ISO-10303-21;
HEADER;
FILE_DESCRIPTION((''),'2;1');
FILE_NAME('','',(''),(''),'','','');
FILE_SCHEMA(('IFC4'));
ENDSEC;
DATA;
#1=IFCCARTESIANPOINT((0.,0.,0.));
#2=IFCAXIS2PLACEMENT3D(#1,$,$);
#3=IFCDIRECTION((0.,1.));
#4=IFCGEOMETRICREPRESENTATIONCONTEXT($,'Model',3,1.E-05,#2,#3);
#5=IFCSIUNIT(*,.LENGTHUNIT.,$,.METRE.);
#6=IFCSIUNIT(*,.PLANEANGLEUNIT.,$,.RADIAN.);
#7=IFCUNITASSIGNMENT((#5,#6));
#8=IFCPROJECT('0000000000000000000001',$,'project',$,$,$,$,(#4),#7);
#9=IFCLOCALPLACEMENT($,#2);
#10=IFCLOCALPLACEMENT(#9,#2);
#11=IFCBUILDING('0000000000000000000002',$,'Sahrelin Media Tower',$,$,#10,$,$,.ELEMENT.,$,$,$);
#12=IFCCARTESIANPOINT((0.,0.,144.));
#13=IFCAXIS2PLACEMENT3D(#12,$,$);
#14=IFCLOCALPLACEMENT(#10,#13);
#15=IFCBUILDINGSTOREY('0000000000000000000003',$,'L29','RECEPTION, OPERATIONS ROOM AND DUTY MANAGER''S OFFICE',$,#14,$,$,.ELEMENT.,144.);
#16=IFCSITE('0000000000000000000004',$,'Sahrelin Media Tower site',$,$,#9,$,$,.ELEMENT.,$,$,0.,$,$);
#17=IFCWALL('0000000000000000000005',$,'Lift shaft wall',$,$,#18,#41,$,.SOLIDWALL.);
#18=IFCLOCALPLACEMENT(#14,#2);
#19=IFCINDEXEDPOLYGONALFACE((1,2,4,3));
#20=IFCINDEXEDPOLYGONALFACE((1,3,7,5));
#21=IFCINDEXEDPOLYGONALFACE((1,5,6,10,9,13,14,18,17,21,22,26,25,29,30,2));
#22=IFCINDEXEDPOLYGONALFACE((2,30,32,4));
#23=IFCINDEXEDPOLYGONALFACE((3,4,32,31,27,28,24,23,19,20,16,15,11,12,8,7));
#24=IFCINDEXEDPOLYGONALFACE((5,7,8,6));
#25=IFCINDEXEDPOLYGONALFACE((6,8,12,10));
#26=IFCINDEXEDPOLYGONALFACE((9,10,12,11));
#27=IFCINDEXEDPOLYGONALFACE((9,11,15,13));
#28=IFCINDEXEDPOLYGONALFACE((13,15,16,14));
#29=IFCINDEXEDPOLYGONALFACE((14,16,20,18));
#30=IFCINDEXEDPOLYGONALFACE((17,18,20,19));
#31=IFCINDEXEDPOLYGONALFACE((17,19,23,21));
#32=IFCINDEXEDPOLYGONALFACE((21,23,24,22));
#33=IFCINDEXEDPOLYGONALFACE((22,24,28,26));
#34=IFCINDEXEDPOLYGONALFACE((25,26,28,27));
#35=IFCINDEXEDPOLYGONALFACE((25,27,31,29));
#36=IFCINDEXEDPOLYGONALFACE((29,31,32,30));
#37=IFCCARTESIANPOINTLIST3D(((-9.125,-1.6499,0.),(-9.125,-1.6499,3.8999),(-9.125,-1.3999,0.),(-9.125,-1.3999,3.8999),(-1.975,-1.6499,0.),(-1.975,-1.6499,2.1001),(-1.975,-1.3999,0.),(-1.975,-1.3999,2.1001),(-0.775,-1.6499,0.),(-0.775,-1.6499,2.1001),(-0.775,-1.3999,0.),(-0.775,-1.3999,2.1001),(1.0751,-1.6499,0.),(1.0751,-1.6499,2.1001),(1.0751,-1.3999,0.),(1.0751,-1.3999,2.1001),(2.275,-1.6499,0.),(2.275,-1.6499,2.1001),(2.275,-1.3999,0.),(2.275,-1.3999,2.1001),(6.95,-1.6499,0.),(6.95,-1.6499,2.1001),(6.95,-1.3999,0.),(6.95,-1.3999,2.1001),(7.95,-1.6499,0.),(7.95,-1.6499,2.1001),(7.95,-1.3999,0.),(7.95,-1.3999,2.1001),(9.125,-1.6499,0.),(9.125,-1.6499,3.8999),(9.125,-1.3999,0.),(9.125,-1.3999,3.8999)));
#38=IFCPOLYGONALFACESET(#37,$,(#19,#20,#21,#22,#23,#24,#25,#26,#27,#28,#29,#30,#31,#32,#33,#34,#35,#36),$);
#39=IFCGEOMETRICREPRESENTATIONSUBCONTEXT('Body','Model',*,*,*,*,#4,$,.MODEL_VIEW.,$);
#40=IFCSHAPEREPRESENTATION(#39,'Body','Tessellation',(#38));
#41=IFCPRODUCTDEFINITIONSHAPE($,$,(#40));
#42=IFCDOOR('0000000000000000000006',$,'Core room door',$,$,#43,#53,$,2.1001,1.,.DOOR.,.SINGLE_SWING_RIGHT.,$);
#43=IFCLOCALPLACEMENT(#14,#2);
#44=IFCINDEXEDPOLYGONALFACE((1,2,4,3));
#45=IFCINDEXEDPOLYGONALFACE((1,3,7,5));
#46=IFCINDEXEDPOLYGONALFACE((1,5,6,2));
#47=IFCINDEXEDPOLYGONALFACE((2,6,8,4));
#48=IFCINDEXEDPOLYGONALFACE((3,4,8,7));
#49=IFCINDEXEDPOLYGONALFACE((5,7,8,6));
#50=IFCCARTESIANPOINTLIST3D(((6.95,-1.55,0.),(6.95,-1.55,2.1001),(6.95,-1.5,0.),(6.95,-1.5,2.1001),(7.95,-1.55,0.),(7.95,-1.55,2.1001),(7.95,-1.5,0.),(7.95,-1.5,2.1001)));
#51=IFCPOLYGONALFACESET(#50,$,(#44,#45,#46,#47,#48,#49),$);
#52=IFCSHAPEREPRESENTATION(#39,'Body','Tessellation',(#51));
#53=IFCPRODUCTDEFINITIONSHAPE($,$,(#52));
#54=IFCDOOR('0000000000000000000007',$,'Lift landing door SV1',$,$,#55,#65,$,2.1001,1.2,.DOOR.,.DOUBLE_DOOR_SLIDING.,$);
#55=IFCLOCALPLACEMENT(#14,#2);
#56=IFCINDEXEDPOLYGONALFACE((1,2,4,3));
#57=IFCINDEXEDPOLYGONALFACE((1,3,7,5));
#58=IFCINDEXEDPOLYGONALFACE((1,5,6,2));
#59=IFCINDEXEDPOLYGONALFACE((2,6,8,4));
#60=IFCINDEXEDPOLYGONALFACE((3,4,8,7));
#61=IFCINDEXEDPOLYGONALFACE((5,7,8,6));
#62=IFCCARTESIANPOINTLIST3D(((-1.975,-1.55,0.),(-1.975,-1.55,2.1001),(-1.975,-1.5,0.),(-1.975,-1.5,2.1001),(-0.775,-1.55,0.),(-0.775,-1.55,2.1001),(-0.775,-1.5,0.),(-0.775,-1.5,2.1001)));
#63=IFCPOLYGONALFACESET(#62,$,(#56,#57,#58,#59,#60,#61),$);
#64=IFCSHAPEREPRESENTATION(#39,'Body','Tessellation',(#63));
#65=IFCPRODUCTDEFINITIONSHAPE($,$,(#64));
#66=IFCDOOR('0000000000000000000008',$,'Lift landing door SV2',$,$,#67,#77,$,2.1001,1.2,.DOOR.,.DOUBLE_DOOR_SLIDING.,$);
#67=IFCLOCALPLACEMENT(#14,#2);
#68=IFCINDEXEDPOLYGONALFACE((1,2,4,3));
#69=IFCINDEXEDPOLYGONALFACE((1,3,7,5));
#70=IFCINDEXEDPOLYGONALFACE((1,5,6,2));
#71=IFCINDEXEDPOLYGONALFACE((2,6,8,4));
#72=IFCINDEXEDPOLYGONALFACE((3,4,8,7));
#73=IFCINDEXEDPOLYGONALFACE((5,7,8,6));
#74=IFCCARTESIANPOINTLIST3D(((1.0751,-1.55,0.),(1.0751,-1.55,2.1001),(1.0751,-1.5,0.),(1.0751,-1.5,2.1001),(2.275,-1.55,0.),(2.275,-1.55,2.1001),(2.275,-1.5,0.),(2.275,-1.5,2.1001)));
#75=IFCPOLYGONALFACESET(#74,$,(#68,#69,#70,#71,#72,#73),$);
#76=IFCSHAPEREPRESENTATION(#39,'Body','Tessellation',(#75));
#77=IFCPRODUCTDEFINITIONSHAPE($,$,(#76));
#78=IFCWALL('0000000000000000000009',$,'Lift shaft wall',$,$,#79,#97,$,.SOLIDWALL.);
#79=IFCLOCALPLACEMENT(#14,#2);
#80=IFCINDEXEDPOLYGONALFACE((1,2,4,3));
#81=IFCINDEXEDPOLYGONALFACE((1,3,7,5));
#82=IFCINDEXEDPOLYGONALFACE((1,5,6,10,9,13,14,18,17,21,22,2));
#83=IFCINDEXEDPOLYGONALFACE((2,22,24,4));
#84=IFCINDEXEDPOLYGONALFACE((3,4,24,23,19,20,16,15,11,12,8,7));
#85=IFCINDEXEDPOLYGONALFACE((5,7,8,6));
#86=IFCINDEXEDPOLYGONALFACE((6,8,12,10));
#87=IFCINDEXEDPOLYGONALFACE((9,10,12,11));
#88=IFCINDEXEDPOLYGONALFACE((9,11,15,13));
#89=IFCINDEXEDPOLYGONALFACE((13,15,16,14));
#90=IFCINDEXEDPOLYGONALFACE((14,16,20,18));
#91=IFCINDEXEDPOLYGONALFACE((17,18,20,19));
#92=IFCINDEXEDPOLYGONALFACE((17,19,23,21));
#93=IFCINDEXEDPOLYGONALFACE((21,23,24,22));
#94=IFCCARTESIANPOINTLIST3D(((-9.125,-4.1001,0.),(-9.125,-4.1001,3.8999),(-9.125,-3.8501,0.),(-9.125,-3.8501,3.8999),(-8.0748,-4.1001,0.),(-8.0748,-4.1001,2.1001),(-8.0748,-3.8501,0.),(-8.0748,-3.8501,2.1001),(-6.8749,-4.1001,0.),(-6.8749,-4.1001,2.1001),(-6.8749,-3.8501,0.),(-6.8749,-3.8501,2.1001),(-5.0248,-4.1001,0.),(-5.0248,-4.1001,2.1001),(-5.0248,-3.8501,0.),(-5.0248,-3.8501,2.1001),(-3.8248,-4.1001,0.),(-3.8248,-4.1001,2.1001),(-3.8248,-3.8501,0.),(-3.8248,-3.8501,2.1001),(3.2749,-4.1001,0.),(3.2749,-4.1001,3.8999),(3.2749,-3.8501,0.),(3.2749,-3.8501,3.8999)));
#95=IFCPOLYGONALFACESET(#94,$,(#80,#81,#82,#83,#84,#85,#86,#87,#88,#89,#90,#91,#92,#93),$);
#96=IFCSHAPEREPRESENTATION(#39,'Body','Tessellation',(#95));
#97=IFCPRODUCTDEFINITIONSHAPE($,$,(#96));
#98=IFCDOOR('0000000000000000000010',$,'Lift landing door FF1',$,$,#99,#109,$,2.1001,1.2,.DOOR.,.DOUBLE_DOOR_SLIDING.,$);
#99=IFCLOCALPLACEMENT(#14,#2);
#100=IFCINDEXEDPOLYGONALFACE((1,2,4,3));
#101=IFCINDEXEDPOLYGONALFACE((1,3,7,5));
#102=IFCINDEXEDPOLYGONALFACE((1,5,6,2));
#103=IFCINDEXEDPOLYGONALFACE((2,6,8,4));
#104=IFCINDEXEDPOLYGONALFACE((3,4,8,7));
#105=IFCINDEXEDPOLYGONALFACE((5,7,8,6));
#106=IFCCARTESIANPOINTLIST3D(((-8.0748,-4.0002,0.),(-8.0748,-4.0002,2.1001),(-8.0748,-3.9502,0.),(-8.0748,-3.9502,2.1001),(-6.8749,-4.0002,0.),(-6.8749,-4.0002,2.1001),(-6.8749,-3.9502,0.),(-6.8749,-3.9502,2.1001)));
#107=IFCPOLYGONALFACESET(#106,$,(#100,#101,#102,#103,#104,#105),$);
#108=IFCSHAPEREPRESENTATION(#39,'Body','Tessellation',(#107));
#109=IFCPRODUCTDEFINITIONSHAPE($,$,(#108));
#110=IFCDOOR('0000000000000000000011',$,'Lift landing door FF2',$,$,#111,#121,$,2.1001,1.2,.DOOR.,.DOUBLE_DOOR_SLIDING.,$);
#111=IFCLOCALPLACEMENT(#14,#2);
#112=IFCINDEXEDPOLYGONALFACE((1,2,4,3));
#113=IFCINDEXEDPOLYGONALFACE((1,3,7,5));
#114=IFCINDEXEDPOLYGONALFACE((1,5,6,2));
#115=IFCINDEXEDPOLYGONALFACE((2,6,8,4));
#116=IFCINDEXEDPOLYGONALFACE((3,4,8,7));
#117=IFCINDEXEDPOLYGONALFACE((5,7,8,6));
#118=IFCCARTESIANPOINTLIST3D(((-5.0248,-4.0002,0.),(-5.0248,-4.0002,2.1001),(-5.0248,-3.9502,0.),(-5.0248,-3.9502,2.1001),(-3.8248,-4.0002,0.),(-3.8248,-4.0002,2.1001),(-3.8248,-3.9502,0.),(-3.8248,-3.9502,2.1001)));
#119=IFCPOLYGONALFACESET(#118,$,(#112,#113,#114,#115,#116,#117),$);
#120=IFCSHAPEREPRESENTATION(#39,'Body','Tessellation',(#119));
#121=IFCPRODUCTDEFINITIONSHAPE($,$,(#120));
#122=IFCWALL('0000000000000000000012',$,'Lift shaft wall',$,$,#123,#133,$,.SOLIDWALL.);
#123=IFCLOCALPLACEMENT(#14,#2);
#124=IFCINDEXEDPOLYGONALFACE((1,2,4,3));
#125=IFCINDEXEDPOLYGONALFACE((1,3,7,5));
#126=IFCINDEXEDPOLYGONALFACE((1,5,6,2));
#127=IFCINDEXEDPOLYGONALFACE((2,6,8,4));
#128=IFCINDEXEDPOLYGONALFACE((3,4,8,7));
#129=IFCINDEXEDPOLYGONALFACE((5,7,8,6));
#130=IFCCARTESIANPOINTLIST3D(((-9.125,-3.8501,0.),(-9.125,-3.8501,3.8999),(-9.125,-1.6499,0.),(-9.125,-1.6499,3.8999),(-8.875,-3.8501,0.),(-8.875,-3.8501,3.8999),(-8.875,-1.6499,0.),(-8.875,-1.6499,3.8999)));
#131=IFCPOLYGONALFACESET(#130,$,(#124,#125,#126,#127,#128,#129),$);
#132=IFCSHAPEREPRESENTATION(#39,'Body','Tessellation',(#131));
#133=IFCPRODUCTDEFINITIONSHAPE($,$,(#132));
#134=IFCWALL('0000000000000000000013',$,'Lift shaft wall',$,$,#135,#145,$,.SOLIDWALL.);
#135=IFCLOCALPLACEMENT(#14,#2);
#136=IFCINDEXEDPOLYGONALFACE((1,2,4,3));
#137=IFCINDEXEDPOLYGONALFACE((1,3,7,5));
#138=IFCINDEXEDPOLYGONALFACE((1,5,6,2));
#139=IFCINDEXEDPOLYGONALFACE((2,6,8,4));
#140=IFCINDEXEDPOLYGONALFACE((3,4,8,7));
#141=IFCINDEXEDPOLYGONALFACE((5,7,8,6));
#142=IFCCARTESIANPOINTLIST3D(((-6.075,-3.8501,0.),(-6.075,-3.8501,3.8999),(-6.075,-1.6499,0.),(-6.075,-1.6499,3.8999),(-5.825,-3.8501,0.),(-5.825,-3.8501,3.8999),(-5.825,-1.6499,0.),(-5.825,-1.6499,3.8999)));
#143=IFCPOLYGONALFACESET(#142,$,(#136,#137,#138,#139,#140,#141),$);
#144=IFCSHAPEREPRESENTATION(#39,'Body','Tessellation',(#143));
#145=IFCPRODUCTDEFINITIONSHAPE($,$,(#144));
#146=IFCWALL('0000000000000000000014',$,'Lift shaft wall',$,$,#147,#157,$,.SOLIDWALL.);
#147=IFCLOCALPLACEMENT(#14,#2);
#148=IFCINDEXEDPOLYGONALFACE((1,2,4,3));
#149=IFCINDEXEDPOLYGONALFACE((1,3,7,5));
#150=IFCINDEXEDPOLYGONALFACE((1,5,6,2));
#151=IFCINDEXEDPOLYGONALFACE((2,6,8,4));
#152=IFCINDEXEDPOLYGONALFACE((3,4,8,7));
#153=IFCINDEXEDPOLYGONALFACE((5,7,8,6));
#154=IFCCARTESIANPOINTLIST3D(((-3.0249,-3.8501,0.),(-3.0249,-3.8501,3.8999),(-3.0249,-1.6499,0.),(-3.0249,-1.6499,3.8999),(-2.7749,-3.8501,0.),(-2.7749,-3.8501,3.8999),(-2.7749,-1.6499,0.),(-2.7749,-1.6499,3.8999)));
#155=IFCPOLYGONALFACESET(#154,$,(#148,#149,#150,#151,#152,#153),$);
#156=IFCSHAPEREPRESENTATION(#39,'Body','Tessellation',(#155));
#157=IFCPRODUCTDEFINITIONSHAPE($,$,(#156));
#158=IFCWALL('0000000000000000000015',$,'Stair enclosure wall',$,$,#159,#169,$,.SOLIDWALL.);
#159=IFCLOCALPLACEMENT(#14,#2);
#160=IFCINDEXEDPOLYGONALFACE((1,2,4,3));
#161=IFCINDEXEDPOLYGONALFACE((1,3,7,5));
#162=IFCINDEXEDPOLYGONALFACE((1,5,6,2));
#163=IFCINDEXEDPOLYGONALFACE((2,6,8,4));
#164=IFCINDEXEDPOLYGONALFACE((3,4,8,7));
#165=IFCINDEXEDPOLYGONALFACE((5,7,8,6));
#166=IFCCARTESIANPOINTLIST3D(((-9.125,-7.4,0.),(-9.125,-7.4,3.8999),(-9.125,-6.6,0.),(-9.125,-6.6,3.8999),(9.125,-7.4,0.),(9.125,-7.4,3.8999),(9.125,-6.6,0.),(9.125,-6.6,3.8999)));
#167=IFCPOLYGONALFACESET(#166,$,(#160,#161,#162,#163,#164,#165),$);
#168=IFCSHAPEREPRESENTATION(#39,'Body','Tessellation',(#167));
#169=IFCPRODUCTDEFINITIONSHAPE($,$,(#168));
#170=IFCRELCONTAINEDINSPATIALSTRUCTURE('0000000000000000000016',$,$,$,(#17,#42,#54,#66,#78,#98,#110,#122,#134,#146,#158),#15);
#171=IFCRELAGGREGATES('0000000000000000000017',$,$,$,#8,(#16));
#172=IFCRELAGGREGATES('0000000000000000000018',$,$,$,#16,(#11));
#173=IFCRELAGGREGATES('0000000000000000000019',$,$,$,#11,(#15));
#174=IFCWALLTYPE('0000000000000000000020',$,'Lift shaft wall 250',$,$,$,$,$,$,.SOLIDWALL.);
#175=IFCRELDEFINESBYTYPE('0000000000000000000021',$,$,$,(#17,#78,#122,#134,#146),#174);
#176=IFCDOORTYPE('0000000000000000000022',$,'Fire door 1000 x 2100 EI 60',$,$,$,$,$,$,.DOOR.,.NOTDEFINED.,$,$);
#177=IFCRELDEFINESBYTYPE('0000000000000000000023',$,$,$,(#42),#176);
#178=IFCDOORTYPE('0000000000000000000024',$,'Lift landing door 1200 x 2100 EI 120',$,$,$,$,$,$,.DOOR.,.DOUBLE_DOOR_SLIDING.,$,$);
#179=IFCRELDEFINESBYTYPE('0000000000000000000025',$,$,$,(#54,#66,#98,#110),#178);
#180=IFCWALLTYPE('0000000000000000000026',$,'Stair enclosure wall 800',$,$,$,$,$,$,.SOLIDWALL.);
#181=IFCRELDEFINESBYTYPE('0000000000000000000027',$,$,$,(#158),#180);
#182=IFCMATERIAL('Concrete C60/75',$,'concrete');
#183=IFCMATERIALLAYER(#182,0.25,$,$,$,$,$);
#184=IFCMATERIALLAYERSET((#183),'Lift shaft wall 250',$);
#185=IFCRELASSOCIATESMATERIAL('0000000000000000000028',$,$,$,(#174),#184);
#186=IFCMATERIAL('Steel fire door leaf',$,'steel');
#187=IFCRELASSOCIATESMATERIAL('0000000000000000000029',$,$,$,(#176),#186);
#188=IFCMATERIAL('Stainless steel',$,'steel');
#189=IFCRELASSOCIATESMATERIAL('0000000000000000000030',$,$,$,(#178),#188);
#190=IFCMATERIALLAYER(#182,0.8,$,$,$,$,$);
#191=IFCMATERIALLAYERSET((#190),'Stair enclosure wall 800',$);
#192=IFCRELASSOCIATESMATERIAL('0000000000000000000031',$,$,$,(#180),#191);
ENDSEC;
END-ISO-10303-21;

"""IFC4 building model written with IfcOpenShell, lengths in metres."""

from ifc_helpers import new_model, si_unit, direction, frame, frame_2d, origin, place, context, subcontext, project, spatial, rectangle, extrude, material, layer, layer_set, type_object, element, fill, save


model = new_model("IFC4")

# Units and contexts
model_context = context("Model", 3, precision=1e-05, world=origin(), true_north=direction((0.0, 1.0)))
body_context = subcontext(model_context, "Body", "Model", "MODEL_VIEW")
ifc_project = project(units=[si_unit("LENGTHUNIT", "METRE"), si_unit("PLANEANGLEUNIT", "RADIAN")], contexts=[model_context])

# Site, building, storey
site_placement = place(None, origin())
site = spatial("IfcSite", under=ifc_project, at=site_placement, Name="Sahrelin Media Tower site", CompositionType="ELEMENT", RefElevation=0.0)
building_placement = place(site_placement, origin())
building = spatial("IfcBuilding", under=site, at=building_placement, Name="Sahrelin Media Tower", CompositionType="ELEMENT")
storey_placement = place(building_placement, frame((0.0, 0.0, 144.0)))
storey = spatial("IfcBuildingStorey", under=building, at=storey_placement, Name="L29", Description="RECEPTION, OPERATIONS ROOM AND DUTY MANAGER'S OFFICE", CompositionType="ELEMENT", Elevation=144.0)

# Shared definitions
ifc_material_1 = material(Name="Concrete C60/75", Category="concrete")

# Shared definitions
ifc_material_2 = material(Name="Steel fire door leaf", Category="steel")

# Walls, openings, doors
ifc_layer_1 = layer(ifc_material_1, 0.25)
ifc_layer_set_1 = layer_set([ifc_layer_1], Name="Lift shaft wall 250")
wall_type_1 = type_object("IfcWallType", Name="Lift shaft wall 250", PredefinedType="SOLIDWALL", material=ifc_layer_set_1)
wall_1_placement = place(storey_placement, frame((-9.125, -1.5249, 0.0), z_axis=(0.0, 0.0, 1.0), x_axis=(1.0, 0.0, 0.0)))
wall_1 = element("IfcWall", 1, at=wall_1_placement, inside=storey, type_object=wall_type_1, Name="Lift shaft wall", PredefinedType="SOLIDWALL", context=body_context, shape_type="SweptSolid", body=[
    extrude(rectangle(XDim=18.25, YDim=0.25, at=frame_2d((9.125, 0.0))), origin(), (0.0, 0.0, 1.0), 3.8999),
])
opening_1_placement = place(wall_1_placement, frame((7.1499, 0.0, 0.0)))
opening_1 = element("IfcOpeningElement", 2, at=opening_1_placement, cuts=wall_1, PredefinedType="OPENING", context=body_context, shape_type="SweptSolid", body=[
    extrude(rectangle(XDim=1.2, YDim=2.1001, at=frame_2d((0.6001, 1.05))), frame((0.0, 0.125, 0.0), z_axis=(0.0, -1.0, 0.0), x_axis=(1.0, 0.0, 0.0)), (0.0, 0.0, 1.0), 0.25),
])
opening_2_placement = place(wall_1_placement, frame((10.2, 0.0, 0.0)))
opening_2 = element("IfcOpeningElement", 3, at=opening_2_placement, cuts=wall_1, PredefinedType="OPENING", context=body_context, shape_type="SweptSolid", body=[
    extrude(rectangle(XDim=1.2, YDim=2.1001, at=frame_2d((0.6001, 1.05))), frame((0.0, 0.125, 0.0), z_axis=(0.0, -1.0, 0.0), x_axis=(1.0, 0.0, 0.0)), (0.0, 0.0, 1.0), 0.25),
])
opening_3_placement = place(wall_1_placement, frame((16.075, 0.0, 0.0)))
opening_3 = element("IfcOpeningElement", 4, at=opening_3_placement, cuts=wall_1, PredefinedType="OPENING", context=body_context, shape_type="SweptSolid", body=[
    extrude(rectangle(XDim=1.0, YDim=2.1001, at=frame_2d((0.5, 1.05))), frame((0.0, 0.125, 0.0), z_axis=(0.0, -1.0, 0.0), x_axis=(1.0, 0.0, 0.0)), (0.0, 0.0, 1.0), 0.25),
])
door_type_1 = type_object("IfcDoorType", Name="Fire door 1000 x 2100 EI 60", OperationType="NOTDEFINED", PredefinedType="DOOR", material=ifc_material_2)
door_1_placement = place(opening_3_placement, origin())
door_1 = element("IfcDoor", 5, at=door_1_placement, inside=storey, type_object=door_type_1, Name="Core room door", OperationType="SINGLE_SWING_RIGHT", OverallHeight=2.1001, OverallWidth=1.0, PredefinedType="DOOR", context=body_context, shape_type="SweptSolid", body=[
    extrude(rectangle(XDim=1.0, YDim=2.1001, at=frame_2d((0.5, 1.05))), frame((0.0, 0.0249, 0.0), z_axis=(0.0, -1.0, 0.0), x_axis=(1.0, 0.0, 0.0)), (0.0, 0.0, 1.0), 0.05),
])
fill(opening_3, door_1)
ifc_material_3 = material(Name="Stainless steel", Category="steel")
door_type_2 = type_object("IfcDoorType", Name="Lift landing door 1200 x 2100 EI 120", OperationType="DOUBLE_DOOR_SLIDING", PredefinedType="DOOR", material=ifc_material_3)
door_2_placement = place(opening_1_placement, origin())
door_2 = element("IfcDoor", 6, at=door_2_placement, inside=storey, type_object=door_type_2, Name="Lift landing door SV1", OperationType="DOUBLE_DOOR_SLIDING", OverallHeight=2.1001, OverallWidth=1.2, PredefinedType="DOOR", context=body_context, shape_type="SweptSolid", body=[
    extrude(rectangle(XDim=1.2, YDim=2.1001, at=frame_2d((0.6001, 1.05))), frame((0.0, 0.0249, 0.0), z_axis=(0.0, -1.0, 0.0), x_axis=(1.0, 0.0, 0.0)), (0.0, 0.0, 1.0), 0.05),
])
fill(opening_1, door_2)
door_3_placement = place(opening_2_placement, origin())
door_3 = element("IfcDoor", 7, at=door_3_placement, inside=storey, type_object=door_type_2, Name="Lift landing door SV2", OperationType="DOUBLE_DOOR_SLIDING", OverallHeight=2.1001, OverallWidth=1.2, PredefinedType="DOOR", context=body_context, shape_type="SweptSolid", body=[
    extrude(rectangle(XDim=1.2, YDim=2.1001, at=frame_2d((0.6001, 1.05))), frame((0.0, 0.0249, 0.0), z_axis=(0.0, -1.0, 0.0), x_axis=(1.0, 0.0, 0.0)), (0.0, 0.0, 1.0), 0.05),
])
fill(opening_2, door_3)
wall_2_placement = place(storey_placement, frame((-9.125, -3.9751, 0.0), z_axis=(0.0, 0.0, 1.0), x_axis=(1.0, 0.0, 0.0)))
wall_2 = element("IfcWall", 8, at=wall_2_placement, inside=storey, type_object=wall_type_1, Name="Lift shaft wall", PredefinedType="SOLIDWALL", context=body_context, shape_type="SweptSolid", body=[
    extrude(rectangle(XDim=12.3999, YDim=0.25, at=frame_2d((6.2, 0.0))), origin(), (0.0, 0.0, 1.0), 3.8999),
])
opening_4_placement = place(wall_2_placement, frame((1.05, 0.0, 0.0)))
opening_4 = element("IfcOpeningElement", 9, at=opening_4_placement, cuts=wall_2, PredefinedType="OPENING", context=body_context, shape_type="SweptSolid", body=[
    extrude(rectangle(XDim=1.2, YDim=2.1001, at=frame_2d((0.6001, 1.05))), frame((0.0, 0.125, 0.0), z_axis=(0.0, -1.0, 0.0), x_axis=(1.0, 0.0, 0.0)), (0.0, 0.0, 1.0), 0.25),
])
opening_5_placement = place(wall_2_placement, frame((4.1001, 0.0, 0.0)))
opening_5 = element("IfcOpeningElement", 10, at=opening_5_placement, cuts=wall_2, PredefinedType="OPENING", context=body_context, shape_type="SweptSolid", body=[
    extrude(rectangle(XDim=1.2, YDim=2.1001, at=frame_2d((0.6001, 1.05))), frame((0.0, 0.125, 0.0), z_axis=(0.0, -1.0, 0.0), x_axis=(1.0, 0.0, 0.0)), (0.0, 0.0, 1.0), 0.25),
])
door_4_placement = place(opening_4_placement, origin())
door_4 = element("IfcDoor", 11, at=door_4_placement, inside=storey, type_object=door_type_2, Name="Lift landing door FF1", OperationType="DOUBLE_DOOR_SLIDING", OverallHeight=2.1001, OverallWidth=1.2, PredefinedType="DOOR", context=body_context, shape_type="SweptSolid", body=[
    extrude(rectangle(XDim=1.2, YDim=2.1001, at=frame_2d((0.6001, 1.05))), frame((0.0, 0.0249, 0.0), z_axis=(0.0, -1.0, 0.0), x_axis=(1.0, 0.0, 0.0)), (0.0, 0.0, 1.0), 0.05),
])
fill(opening_4, door_4)
door_5_placement = place(opening_5_placement, origin())
door_5 = element("IfcDoor", 12, at=door_5_placement, inside=storey, type_object=door_type_2, Name="Lift landing door FF2", OperationType="DOUBLE_DOOR_SLIDING", OverallHeight=2.1001, OverallWidth=1.2, PredefinedType="DOOR", context=body_context, shape_type="SweptSolid", body=[
    extrude(rectangle(XDim=1.2, YDim=2.1001, at=frame_2d((0.6001, 1.05))), frame((0.0, 0.0249, 0.0), z_axis=(0.0, -1.0, 0.0), x_axis=(1.0, 0.0, 0.0)), (0.0, 0.0, 1.0), 0.05),
])
fill(opening_5, door_5)

# Walls
for number, where, z_axis, x_axis, name in (
    (13, (-9.0, -3.8501, 0.0), (0.0, 0.0, 1.0), (0.0, 1.0, 0.0), "Lift shaft wall"),
    (14, (-5.95, -3.8501, 0.0), (0.0, 0.0, 1.0), (0.0, 1.0, 0.0), "Lift shaft wall"),
    (15, (-2.8999, -3.8501, 0.0), (0.0, 0.0, 1.0), (0.0, 1.0, 0.0), "Lift shaft wall"),
):
    element("IfcWall", number, at=place(storey_placement, frame(where, z_axis=z_axis, x_axis=x_axis)), inside=storey, type_object=wall_type_1, Name=name, PredefinedType="SOLIDWALL", context=body_context, shape_type="SweptSolid", body=[
        extrude(rectangle(XDim=2.2002, YDim=0.25, at=frame_2d((1.1001, 0.0))), origin(), (0.0, 0.0, 1.0), 3.8999),
    ])
ifc_layer_2 = layer(ifc_material_1, 0.8)
ifc_layer_set_2 = layer_set([ifc_layer_2], Name="Stair enclosure wall 800")
wall_type_2 = type_object("IfcWallType", Name="Stair enclosure wall 800", PredefinedType="SOLIDWALL", material=ifc_layer_set_2)
wall_3_placement = place(storey_placement, frame((-9.125, -7.0, 0.0), z_axis=(0.0, 0.0, 1.0), x_axis=(1.0, 0.0, 0.0)))
element("IfcWall", 16, at=wall_3_placement, inside=storey, type_object=wall_type_2, Name="Stair enclosure wall", PredefinedType="SOLIDWALL", context=body_context, shape_type="SweptSolid", body=[
    extrude(rectangle(XDim=18.25, YDim=0.8, at=frame_2d((9.125, 0.0))), origin(), (0.0, 0.0, 1.0), 3.8999),
])

save(model, "model.ifc")
